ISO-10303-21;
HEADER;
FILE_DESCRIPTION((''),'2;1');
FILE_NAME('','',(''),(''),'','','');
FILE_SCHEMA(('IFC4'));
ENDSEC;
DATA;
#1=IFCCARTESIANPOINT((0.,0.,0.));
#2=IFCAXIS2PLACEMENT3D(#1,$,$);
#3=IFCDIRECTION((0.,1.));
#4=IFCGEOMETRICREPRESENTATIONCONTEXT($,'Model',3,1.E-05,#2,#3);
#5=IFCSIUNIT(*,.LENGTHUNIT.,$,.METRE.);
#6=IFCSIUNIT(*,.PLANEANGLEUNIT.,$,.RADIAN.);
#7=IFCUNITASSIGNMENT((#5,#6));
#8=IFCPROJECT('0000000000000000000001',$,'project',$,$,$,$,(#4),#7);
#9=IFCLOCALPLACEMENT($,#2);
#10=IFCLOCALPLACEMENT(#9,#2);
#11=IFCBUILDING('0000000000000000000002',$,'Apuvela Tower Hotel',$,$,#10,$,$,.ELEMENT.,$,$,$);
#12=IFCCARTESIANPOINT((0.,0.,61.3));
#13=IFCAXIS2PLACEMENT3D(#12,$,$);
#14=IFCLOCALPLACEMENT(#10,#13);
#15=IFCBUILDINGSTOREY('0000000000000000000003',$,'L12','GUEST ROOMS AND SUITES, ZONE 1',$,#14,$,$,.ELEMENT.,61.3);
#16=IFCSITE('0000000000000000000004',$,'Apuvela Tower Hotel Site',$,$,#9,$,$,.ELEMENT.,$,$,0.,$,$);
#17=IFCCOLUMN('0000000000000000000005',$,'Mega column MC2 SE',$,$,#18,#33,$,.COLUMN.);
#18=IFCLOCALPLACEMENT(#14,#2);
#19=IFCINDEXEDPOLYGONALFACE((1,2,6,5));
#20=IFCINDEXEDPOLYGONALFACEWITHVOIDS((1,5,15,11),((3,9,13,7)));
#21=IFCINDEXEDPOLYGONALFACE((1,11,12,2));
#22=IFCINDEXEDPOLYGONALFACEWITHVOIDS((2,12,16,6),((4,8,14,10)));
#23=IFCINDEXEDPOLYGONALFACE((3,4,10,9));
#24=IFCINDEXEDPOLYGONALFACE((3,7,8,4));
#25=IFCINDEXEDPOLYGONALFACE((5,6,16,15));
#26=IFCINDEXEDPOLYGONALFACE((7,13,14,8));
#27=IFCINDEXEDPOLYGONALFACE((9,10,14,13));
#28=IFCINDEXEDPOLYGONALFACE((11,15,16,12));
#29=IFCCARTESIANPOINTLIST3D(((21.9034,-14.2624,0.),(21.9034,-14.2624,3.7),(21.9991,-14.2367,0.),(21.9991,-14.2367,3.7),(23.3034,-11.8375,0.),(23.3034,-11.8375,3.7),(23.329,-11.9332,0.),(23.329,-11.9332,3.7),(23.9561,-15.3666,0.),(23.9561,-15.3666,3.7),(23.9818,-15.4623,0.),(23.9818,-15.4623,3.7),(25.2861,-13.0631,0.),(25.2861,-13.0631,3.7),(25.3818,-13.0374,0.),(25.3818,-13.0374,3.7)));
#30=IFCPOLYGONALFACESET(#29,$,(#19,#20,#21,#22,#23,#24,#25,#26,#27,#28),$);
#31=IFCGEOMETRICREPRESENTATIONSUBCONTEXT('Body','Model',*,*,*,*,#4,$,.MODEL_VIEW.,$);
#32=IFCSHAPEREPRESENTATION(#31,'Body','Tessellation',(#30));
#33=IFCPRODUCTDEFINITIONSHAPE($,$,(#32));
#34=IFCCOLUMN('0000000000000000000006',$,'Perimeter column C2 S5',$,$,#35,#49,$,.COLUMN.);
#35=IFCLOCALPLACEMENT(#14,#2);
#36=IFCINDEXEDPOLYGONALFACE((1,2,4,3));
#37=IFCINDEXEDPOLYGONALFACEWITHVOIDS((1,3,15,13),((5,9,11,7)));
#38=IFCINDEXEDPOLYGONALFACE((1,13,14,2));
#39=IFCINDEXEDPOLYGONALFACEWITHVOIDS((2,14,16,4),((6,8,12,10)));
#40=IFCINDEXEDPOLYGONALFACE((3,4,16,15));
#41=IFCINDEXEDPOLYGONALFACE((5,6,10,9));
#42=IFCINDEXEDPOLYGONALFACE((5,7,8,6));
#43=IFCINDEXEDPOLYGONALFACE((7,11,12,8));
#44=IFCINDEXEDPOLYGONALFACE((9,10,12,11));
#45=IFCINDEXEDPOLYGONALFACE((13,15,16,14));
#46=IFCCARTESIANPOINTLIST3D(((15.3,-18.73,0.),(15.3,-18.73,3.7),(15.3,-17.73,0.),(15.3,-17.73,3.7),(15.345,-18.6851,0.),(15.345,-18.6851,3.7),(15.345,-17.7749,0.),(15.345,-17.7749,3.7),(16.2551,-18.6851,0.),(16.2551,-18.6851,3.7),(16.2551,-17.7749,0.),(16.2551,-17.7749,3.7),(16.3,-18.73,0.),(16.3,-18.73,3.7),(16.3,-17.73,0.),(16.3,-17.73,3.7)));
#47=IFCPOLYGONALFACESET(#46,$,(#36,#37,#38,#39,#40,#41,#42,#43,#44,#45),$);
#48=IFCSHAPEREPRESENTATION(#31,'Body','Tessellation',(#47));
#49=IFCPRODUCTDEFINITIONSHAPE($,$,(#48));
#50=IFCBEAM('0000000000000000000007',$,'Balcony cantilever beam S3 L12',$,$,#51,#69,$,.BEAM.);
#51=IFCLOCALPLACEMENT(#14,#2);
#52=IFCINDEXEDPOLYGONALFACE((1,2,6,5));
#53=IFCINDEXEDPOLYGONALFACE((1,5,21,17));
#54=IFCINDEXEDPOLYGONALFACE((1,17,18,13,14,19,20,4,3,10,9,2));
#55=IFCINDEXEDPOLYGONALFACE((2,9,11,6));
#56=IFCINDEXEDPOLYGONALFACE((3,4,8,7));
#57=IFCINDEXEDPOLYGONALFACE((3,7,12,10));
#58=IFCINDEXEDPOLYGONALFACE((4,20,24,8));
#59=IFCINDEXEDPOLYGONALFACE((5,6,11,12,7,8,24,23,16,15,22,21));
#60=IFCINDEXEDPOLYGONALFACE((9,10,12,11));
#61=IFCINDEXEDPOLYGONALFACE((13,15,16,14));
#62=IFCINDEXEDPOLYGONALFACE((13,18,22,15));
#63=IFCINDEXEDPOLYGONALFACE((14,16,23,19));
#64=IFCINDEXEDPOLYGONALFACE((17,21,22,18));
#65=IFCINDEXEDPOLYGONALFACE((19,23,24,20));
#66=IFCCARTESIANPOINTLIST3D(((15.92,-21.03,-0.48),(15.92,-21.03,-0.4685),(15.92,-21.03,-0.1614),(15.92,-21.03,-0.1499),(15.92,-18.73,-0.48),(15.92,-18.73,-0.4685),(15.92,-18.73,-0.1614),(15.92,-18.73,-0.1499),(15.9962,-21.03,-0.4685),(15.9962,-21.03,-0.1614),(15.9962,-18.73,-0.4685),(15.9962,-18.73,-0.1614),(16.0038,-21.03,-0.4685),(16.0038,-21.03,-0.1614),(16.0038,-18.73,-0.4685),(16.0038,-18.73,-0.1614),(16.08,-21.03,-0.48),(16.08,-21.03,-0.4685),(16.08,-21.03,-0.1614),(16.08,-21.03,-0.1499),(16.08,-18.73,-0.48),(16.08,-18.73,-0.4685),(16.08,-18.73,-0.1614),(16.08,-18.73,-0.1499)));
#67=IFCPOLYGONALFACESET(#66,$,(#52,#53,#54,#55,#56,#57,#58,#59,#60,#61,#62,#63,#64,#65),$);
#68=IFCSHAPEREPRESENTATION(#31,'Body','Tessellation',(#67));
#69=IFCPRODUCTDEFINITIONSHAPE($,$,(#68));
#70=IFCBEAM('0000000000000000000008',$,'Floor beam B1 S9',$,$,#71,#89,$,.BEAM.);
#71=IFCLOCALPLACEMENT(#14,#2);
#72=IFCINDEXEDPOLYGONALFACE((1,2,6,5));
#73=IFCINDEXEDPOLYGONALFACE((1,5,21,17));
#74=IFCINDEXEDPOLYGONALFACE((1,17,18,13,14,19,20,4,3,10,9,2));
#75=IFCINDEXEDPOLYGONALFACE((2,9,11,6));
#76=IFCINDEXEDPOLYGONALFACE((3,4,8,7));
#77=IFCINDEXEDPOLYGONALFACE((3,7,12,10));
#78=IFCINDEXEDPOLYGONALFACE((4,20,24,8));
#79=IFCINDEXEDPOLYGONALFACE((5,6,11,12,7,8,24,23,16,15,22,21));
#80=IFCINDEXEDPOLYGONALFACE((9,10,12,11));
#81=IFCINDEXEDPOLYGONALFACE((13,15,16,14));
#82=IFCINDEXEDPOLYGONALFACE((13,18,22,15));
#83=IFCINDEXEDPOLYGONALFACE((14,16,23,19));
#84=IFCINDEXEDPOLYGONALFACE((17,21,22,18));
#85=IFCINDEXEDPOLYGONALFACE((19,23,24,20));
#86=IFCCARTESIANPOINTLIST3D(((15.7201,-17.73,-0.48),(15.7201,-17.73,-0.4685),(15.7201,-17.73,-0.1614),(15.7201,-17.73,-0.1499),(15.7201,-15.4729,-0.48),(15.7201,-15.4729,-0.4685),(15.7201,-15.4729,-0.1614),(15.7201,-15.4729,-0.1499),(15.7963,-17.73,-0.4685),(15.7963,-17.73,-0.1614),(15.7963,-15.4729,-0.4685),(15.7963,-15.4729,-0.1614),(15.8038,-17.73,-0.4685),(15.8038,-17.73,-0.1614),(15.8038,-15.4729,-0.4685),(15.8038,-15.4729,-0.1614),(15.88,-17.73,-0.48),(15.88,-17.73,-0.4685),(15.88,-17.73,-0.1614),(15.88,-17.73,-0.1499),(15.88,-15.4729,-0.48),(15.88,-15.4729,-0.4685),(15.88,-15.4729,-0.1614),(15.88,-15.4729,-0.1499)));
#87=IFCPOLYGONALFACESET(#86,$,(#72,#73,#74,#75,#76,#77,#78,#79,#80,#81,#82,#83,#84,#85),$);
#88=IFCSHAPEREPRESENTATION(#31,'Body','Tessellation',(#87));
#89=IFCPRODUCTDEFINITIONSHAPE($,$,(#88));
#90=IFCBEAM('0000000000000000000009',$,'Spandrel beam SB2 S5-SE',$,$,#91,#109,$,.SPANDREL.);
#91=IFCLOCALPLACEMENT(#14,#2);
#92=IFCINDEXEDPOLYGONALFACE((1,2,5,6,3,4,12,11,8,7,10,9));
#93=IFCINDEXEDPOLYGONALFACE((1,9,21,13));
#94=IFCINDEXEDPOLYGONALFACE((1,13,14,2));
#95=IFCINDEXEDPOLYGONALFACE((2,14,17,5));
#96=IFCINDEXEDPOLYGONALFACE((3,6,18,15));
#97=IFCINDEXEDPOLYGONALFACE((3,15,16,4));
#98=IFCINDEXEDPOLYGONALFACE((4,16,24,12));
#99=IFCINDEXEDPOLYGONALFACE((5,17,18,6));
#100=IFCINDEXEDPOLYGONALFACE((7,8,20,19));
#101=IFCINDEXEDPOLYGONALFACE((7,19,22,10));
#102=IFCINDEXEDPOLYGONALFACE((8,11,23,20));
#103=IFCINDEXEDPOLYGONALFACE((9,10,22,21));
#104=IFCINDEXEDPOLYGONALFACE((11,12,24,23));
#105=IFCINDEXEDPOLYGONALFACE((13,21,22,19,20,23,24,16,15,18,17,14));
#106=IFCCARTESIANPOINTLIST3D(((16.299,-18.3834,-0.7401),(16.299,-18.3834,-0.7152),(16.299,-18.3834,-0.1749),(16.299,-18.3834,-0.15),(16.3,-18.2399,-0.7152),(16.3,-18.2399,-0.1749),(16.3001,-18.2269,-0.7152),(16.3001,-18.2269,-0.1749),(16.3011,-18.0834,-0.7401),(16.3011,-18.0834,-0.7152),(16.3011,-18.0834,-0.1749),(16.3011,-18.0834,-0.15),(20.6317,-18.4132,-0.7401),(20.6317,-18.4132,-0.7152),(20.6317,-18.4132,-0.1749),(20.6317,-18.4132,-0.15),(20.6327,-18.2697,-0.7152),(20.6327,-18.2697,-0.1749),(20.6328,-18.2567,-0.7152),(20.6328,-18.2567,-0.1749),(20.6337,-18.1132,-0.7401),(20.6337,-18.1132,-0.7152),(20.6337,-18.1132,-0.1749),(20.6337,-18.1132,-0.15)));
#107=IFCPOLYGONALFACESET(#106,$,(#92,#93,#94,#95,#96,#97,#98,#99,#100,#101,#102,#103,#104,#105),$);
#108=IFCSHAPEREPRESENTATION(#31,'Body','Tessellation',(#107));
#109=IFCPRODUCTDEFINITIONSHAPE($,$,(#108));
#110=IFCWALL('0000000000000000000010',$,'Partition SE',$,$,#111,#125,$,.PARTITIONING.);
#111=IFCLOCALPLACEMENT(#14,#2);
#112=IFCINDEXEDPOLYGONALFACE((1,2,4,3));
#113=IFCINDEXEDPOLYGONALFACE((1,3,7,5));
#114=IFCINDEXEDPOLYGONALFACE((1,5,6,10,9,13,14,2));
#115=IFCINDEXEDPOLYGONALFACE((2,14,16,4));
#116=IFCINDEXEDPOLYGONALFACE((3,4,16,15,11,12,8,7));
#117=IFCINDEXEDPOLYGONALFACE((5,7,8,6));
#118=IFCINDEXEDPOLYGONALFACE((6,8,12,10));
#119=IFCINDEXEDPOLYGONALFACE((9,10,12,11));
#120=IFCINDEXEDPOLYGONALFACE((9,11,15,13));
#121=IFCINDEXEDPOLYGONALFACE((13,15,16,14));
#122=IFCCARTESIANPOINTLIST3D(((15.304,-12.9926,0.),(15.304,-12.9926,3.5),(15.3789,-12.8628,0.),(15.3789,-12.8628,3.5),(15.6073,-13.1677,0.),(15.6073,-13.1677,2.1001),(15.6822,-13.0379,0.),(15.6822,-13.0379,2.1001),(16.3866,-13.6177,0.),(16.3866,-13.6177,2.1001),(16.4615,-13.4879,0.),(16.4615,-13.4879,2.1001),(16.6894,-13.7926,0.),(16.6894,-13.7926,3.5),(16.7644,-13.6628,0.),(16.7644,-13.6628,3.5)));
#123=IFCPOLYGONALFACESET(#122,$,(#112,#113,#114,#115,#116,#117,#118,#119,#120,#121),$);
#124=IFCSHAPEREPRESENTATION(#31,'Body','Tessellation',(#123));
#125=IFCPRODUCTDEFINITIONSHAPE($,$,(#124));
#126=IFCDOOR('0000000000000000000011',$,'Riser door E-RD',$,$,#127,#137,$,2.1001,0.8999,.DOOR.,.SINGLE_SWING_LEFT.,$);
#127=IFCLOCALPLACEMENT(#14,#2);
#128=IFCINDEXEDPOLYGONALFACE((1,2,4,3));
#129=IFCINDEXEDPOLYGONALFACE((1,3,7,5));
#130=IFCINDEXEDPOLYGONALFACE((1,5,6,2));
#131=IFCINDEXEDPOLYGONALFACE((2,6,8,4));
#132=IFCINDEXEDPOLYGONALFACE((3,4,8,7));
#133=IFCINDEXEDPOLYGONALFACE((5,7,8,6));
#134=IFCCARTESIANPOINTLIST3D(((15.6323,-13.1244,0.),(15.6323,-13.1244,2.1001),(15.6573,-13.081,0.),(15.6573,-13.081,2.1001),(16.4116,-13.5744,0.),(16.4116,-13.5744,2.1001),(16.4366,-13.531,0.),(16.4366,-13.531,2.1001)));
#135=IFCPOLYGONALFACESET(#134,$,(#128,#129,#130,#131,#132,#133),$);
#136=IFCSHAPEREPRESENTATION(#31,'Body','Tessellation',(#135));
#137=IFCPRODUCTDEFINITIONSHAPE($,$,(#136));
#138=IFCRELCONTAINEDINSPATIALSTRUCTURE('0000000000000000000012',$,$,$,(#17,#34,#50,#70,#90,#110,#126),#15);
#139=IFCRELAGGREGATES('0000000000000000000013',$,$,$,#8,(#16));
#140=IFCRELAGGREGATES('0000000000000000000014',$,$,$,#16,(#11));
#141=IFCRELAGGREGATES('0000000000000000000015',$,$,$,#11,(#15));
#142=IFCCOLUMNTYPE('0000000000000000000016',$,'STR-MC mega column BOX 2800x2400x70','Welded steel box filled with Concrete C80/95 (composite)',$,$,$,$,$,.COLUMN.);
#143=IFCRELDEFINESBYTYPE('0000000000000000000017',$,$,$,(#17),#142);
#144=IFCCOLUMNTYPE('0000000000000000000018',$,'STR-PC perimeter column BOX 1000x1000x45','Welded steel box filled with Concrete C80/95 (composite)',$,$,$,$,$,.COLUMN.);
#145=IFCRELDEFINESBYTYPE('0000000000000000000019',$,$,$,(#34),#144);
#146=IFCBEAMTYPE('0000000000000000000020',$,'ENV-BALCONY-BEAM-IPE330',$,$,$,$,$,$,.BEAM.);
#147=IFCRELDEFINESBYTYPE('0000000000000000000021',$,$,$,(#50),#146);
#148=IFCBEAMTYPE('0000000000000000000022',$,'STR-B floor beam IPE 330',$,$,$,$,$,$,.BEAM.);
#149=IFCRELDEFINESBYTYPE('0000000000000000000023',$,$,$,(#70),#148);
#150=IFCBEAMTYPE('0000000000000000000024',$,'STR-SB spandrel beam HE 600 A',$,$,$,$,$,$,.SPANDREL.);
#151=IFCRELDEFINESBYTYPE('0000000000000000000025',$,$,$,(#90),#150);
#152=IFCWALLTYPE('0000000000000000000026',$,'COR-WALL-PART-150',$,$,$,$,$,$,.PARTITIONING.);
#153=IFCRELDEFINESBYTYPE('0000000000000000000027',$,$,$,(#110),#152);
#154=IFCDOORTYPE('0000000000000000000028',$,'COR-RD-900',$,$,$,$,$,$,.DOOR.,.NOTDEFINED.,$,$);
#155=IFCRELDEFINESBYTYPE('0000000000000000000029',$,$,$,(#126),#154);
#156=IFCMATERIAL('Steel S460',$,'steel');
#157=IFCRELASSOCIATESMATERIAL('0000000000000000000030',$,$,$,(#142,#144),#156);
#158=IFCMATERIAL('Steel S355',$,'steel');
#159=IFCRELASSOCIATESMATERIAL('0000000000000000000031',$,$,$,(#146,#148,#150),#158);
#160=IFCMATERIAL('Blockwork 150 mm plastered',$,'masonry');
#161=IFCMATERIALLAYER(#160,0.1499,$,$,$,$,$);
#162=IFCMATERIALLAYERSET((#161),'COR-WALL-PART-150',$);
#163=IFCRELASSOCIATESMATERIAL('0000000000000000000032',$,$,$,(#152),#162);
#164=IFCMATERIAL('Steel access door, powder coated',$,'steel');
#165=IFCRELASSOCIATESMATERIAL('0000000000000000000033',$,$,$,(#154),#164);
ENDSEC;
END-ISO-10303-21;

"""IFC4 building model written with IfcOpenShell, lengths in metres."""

from ifc_helpers import new_model, si_unit, direction, frame, frame_2d, origin, origin_2d, place, context, subcontext, project, spatial, rectangle, hollow_rectangle, i_section, extrude, material, layer, layer_set, material_profile, profile_set, type_object, element, fill, save


model = new_model("IFC4")

# Units and contexts
model_context = context("Model", 3, precision=1e-05, world=origin(), true_north=direction((0.0, 1.0)))
body_context = subcontext(model_context, "Body", "Model", "MODEL_VIEW")
ifc_project = project(units=[si_unit("LENGTHUNIT", "METRE"), si_unit("PLANEANGLEUNIT", "RADIAN")], contexts=[model_context])

# Site, building, storey
site_placement = place(None, origin())
site = spatial("IfcSite", under=ifc_project, at=site_placement, Name="Apuvela Tower Hotel Site", CompositionType="ELEMENT", RefElevation=0.0)
building_placement = place(site_placement, origin())
building = spatial("IfcBuilding", under=site, at=building_placement, Name="Apuvela Tower Hotel", CompositionType="ELEMENT")
storey_placement = place(building_placement, frame((0.0, 0.0, 61.3)))
storey = spatial("IfcBuildingStorey", under=building, at=storey_placement, Name="L12", Description="GUEST ROOMS AND SUITES, ZONE 1", CompositionType="ELEMENT", Elevation=61.3)

# Columns
ifc_material_1 = material(Name="Steel S460", Category="steel")
ifc_material_profile_1 = material_profile(ifc_material_1, hollow_rectangle(XDim=2.8, YDim=2.3999, WallThickness=0.0701, at=origin_2d()), Name="BOX 2800x2400x70")
ifc_material_2 = material(Name="Concrete C80/95", Category="concrete")
ifc_material_profile_2 = material_profile(ifc_material_2, rectangle(XDim=2.6599, YDim=2.26, at=origin_2d()), Name="Concrete C80/95 infill")
ifc_profile_set_1 = profile_set([ifc_material_profile_1, ifc_material_profile_2], Name="Steel S460")
column_type_1 = type_object("IfcColumnType", Name="STR-MC mega column BOX 2800x2400x70", Description="Welded steel box filled with Concrete C80/95 (composite)", PredefinedType="COLUMN", material=ifc_profile_set_1)
column_1_placement = place(storey_placement, frame((23.6426, -13.6499, 0.0), z_axis=(0.0, 0.0, 1.0), x_axis=(0.5, 0.866025, 0.0)))
element("IfcColumn", 1, at=column_1_placement, inside=storey, type_object=column_type_1, Name="Mega column MC2 SE", PredefinedType="COLUMN", context=body_context, shape_type="SweptSolid", body=[
    extrude(hollow_rectangle(XDim=2.8, YDim=2.3999, WallThickness=0.0701, at=origin_2d()), origin(), (0.0, 0.0, 1.0), 3.7),
])
ifc_material_profile_3 = material_profile(ifc_material_1, hollow_rectangle(XDim=1.0, YDim=1.0, WallThickness=0.0449, at=origin_2d()), Name="BOX 1000x1000x45")
ifc_material_profile_4 = material_profile(ifc_material_2, rectangle(XDim=0.9099, YDim=0.9099, at=origin_2d()), Name="Concrete C80/95 infill")
ifc_profile_set_2 = profile_set([ifc_material_profile_3, ifc_material_profile_4], Name="Steel S460")
column_type_2 = type_object("IfcColumnType", Name="STR-PC perimeter column BOX 1000x1000x45", Description="Welded steel box filled with Concrete C80/95 (composite)", PredefinedType="COLUMN", material=ifc_profile_set_2)
column_2_placement = place(storey_placement, frame((15.8, -18.23, 0.0), z_axis=(0.0, 0.0, 1.0), x_axis=(-1.0, 0.0, 0.0)))
element("IfcColumn", 2, at=column_2_placement, inside=storey, type_object=column_type_2, Name="Perimeter column C2 S5", PredefinedType="COLUMN", context=body_context, shape_type="SweptSolid", body=[
    extrude(hollow_rectangle(XDim=1.0, YDim=1.0, WallThickness=0.0449, at=origin_2d()), origin(), (0.0, 0.0, 1.0), 3.7),
])

# Beams
ifc_material_3 = material(Name="Steel S355", Category="steel")
ifc_material_profile_5 = material_profile(ifc_material_3, i_section(OverallWidth=0.1599, OverallDepth=0.3301, WebThickness=0.0076, FlangeThickness=0.0115, at=origin_2d()), Name="IPE 330")
ifc_profile_set_3 = profile_set([ifc_material_profile_5], Name="Steel S355")
beam_type_1 = type_object("IfcBeamType", Name="ENV-BALCONY-BEAM-IPE330", PredefinedType="BEAM", material=ifc_profile_set_3)
beam_1_placement = place(storey_placement, frame((16.0, -18.73, -0.3149), z_axis=(0.0, -1.0, 0.0), x_axis=(1.0, 0.0, 0.0)))
element("IfcBeam", 3, at=beam_1_placement, inside=storey, type_object=beam_type_1, Name="Balcony cantilever beam S3 L12", PredefinedType="BEAM", context=body_context, shape_type="SweptSolid", body=[
    extrude(i_section(OverallWidth=0.1599, OverallDepth=0.3301, WebThickness=0.0076, FlangeThickness=0.0115, at=origin_2d()), origin(), (0.0, 0.0, 1.0), 2.3),
])
ifc_material_profile_6 = material_profile(ifc_material_3, i_section(OverallWidth=0.1599, OverallDepth=0.3301, WebThickness=0.0076, FlangeThickness=0.0115, at=origin_2d()), Name="IPE 330")
ifc_profile_set_4 = profile_set([ifc_material_profile_6], Name="Steel S355")
beam_type_2 = type_object("IfcBeamType", Name="STR-B floor beam IPE 330", PredefinedType="BEAM", material=ifc_profile_set_4)
beam_2_placement = place(storey_placement, frame((15.8, -17.73, -0.3149), z_axis=(0.0, 1.0, 0.0), x_axis=(-1.0, 0.0, 0.0)))
element("IfcBeam", 4, at=beam_2_placement, inside=storey, type_object=beam_type_2, Name="Floor beam B1 S9", PredefinedType="BEAM", context=body_context, shape_type="SweptSolid", body=[
    extrude(i_section(OverallWidth=0.1599, OverallDepth=0.3301, WebThickness=0.0076, FlangeThickness=0.0115, at=origin_2d()), origin(), (0.0, 0.0, 1.0), 2.2571),
])
ifc_material_profile_7 = material_profile(ifc_material_3, i_section(OverallWidth=0.3, OverallDepth=0.5901, WebThickness=0.0129, FlangeThickness=0.0249, at=origin_2d()), Name="HE 600 A")
ifc_profile_set_5 = profile_set([ifc_material_profile_7], Name="Steel S355")
beam_type_3 = type_object("IfcBeamType", Name="STR-SB spandrel beam HE 600 A", PredefinedType="SPANDREL", material=ifc_profile_set_5)
beam_3_placement = place(storey_placement, frame((16.3, -18.2334, -0.4451), z_axis=(0.999976, -0.006874, 0.0), x_axis=(0.006874, 0.999976, 0.0)))
element("IfcBeam", 5, at=beam_3_placement, inside=storey, type_object=beam_type_3, Name="Spandrel beam SB2 S5-SE", PredefinedType="SPANDREL", context=body_context, shape_type="SweptSolid", body=[
    extrude(i_section(OverallWidth=0.3, OverallDepth=0.5901, WebThickness=0.0129, FlangeThickness=0.0249, at=origin_2d()), origin(), (0.0, 0.0, 1.0), 4.3328),
])

# Wall, opening, door
ifc_material_4 = material(Name="Blockwork 150 mm plastered", Category="masonry")
ifc_layer_1 = layer(ifc_material_4, 0.1499)
ifc_layer_set_1 = layer_set([ifc_layer_1], Name="COR-WALL-PART-150")
wall_type_1 = type_object("IfcWallType", Name="COR-WALL-PART-150", PredefinedType="PARTITIONING", material=ifc_layer_set_1)
wall_1_placement = place(storey_placement, frame((15.3416, -12.9277, 0.0), z_axis=(0.0, 0.0, 1.0), x_axis=(0.86599, -0.500061, 0.0)))
wall_1 = element("IfcWall", 6, at=wall_1_placement, inside=storey, type_object=wall_type_1, Name="Partition SE", PredefinedType="PARTITIONING", context=body_context, shape_type="SweptSolid", body=[
    extrude(rectangle(XDim=1.5999, YDim=0.1499, at=frame_2d((0.7998, 0.0))), origin(), (0.0, 0.0, 1.0), 3.5),
])
opening_1_placement = place(wall_1_placement, frame((0.3501, 0.0, 0.0)))
opening_1 = element("IfcOpeningElement", 7, at=opening_1_placement, cuts=wall_1, PredefinedType="OPENING", context=body_context, shape_type="SweptSolid", body=[
    extrude(rectangle(XDim=0.8999, YDim=2.1001, at=frame_2d((0.45, 1.05))), frame((0.0, 0.085, 0.0), z_axis=(0.0, -1.0, 0.0), x_axis=(1.0, 0.0, 0.0)), (0.0, 0.0, 1.0), 0.1699),
])
ifc_material_5 = material(Name="Steel access door, powder coated", Category="steel")
door_type_1 = type_object("IfcDoorType", Name="COR-RD-900", OperationType="NOTDEFINED", PredefinedType="DOOR", material=ifc_material_5)
door_1_placement = place(opening_1_placement, frame((0.8999, 0.0, 0.0), z_axis=(0.0, 0.0, 1.0), x_axis=(-1.0, 0.0, 0.0)))
door_1 = element("IfcDoor", 8, at=door_1_placement, inside=storey, type_object=door_type_1, Name="Riser door E-RD", OperationType="SINGLE_SWING_LEFT", OverallHeight=2.1001, OverallWidth=0.8999, PredefinedType="DOOR", context=body_context, shape_type="SweptSolid", body=[
    extrude(rectangle(XDim=0.8999, YDim=2.1001, at=frame_2d((0.45, 1.05))), frame((0.0, 0.0249, 0.0), z_axis=(0.0, -1.0, 0.0), x_axis=(1.0, 0.0, 0.0)), (0.0, 0.0, 1.0), 0.05),
])
fill(opening_1, door_1)

save(model, "model.ifc")
